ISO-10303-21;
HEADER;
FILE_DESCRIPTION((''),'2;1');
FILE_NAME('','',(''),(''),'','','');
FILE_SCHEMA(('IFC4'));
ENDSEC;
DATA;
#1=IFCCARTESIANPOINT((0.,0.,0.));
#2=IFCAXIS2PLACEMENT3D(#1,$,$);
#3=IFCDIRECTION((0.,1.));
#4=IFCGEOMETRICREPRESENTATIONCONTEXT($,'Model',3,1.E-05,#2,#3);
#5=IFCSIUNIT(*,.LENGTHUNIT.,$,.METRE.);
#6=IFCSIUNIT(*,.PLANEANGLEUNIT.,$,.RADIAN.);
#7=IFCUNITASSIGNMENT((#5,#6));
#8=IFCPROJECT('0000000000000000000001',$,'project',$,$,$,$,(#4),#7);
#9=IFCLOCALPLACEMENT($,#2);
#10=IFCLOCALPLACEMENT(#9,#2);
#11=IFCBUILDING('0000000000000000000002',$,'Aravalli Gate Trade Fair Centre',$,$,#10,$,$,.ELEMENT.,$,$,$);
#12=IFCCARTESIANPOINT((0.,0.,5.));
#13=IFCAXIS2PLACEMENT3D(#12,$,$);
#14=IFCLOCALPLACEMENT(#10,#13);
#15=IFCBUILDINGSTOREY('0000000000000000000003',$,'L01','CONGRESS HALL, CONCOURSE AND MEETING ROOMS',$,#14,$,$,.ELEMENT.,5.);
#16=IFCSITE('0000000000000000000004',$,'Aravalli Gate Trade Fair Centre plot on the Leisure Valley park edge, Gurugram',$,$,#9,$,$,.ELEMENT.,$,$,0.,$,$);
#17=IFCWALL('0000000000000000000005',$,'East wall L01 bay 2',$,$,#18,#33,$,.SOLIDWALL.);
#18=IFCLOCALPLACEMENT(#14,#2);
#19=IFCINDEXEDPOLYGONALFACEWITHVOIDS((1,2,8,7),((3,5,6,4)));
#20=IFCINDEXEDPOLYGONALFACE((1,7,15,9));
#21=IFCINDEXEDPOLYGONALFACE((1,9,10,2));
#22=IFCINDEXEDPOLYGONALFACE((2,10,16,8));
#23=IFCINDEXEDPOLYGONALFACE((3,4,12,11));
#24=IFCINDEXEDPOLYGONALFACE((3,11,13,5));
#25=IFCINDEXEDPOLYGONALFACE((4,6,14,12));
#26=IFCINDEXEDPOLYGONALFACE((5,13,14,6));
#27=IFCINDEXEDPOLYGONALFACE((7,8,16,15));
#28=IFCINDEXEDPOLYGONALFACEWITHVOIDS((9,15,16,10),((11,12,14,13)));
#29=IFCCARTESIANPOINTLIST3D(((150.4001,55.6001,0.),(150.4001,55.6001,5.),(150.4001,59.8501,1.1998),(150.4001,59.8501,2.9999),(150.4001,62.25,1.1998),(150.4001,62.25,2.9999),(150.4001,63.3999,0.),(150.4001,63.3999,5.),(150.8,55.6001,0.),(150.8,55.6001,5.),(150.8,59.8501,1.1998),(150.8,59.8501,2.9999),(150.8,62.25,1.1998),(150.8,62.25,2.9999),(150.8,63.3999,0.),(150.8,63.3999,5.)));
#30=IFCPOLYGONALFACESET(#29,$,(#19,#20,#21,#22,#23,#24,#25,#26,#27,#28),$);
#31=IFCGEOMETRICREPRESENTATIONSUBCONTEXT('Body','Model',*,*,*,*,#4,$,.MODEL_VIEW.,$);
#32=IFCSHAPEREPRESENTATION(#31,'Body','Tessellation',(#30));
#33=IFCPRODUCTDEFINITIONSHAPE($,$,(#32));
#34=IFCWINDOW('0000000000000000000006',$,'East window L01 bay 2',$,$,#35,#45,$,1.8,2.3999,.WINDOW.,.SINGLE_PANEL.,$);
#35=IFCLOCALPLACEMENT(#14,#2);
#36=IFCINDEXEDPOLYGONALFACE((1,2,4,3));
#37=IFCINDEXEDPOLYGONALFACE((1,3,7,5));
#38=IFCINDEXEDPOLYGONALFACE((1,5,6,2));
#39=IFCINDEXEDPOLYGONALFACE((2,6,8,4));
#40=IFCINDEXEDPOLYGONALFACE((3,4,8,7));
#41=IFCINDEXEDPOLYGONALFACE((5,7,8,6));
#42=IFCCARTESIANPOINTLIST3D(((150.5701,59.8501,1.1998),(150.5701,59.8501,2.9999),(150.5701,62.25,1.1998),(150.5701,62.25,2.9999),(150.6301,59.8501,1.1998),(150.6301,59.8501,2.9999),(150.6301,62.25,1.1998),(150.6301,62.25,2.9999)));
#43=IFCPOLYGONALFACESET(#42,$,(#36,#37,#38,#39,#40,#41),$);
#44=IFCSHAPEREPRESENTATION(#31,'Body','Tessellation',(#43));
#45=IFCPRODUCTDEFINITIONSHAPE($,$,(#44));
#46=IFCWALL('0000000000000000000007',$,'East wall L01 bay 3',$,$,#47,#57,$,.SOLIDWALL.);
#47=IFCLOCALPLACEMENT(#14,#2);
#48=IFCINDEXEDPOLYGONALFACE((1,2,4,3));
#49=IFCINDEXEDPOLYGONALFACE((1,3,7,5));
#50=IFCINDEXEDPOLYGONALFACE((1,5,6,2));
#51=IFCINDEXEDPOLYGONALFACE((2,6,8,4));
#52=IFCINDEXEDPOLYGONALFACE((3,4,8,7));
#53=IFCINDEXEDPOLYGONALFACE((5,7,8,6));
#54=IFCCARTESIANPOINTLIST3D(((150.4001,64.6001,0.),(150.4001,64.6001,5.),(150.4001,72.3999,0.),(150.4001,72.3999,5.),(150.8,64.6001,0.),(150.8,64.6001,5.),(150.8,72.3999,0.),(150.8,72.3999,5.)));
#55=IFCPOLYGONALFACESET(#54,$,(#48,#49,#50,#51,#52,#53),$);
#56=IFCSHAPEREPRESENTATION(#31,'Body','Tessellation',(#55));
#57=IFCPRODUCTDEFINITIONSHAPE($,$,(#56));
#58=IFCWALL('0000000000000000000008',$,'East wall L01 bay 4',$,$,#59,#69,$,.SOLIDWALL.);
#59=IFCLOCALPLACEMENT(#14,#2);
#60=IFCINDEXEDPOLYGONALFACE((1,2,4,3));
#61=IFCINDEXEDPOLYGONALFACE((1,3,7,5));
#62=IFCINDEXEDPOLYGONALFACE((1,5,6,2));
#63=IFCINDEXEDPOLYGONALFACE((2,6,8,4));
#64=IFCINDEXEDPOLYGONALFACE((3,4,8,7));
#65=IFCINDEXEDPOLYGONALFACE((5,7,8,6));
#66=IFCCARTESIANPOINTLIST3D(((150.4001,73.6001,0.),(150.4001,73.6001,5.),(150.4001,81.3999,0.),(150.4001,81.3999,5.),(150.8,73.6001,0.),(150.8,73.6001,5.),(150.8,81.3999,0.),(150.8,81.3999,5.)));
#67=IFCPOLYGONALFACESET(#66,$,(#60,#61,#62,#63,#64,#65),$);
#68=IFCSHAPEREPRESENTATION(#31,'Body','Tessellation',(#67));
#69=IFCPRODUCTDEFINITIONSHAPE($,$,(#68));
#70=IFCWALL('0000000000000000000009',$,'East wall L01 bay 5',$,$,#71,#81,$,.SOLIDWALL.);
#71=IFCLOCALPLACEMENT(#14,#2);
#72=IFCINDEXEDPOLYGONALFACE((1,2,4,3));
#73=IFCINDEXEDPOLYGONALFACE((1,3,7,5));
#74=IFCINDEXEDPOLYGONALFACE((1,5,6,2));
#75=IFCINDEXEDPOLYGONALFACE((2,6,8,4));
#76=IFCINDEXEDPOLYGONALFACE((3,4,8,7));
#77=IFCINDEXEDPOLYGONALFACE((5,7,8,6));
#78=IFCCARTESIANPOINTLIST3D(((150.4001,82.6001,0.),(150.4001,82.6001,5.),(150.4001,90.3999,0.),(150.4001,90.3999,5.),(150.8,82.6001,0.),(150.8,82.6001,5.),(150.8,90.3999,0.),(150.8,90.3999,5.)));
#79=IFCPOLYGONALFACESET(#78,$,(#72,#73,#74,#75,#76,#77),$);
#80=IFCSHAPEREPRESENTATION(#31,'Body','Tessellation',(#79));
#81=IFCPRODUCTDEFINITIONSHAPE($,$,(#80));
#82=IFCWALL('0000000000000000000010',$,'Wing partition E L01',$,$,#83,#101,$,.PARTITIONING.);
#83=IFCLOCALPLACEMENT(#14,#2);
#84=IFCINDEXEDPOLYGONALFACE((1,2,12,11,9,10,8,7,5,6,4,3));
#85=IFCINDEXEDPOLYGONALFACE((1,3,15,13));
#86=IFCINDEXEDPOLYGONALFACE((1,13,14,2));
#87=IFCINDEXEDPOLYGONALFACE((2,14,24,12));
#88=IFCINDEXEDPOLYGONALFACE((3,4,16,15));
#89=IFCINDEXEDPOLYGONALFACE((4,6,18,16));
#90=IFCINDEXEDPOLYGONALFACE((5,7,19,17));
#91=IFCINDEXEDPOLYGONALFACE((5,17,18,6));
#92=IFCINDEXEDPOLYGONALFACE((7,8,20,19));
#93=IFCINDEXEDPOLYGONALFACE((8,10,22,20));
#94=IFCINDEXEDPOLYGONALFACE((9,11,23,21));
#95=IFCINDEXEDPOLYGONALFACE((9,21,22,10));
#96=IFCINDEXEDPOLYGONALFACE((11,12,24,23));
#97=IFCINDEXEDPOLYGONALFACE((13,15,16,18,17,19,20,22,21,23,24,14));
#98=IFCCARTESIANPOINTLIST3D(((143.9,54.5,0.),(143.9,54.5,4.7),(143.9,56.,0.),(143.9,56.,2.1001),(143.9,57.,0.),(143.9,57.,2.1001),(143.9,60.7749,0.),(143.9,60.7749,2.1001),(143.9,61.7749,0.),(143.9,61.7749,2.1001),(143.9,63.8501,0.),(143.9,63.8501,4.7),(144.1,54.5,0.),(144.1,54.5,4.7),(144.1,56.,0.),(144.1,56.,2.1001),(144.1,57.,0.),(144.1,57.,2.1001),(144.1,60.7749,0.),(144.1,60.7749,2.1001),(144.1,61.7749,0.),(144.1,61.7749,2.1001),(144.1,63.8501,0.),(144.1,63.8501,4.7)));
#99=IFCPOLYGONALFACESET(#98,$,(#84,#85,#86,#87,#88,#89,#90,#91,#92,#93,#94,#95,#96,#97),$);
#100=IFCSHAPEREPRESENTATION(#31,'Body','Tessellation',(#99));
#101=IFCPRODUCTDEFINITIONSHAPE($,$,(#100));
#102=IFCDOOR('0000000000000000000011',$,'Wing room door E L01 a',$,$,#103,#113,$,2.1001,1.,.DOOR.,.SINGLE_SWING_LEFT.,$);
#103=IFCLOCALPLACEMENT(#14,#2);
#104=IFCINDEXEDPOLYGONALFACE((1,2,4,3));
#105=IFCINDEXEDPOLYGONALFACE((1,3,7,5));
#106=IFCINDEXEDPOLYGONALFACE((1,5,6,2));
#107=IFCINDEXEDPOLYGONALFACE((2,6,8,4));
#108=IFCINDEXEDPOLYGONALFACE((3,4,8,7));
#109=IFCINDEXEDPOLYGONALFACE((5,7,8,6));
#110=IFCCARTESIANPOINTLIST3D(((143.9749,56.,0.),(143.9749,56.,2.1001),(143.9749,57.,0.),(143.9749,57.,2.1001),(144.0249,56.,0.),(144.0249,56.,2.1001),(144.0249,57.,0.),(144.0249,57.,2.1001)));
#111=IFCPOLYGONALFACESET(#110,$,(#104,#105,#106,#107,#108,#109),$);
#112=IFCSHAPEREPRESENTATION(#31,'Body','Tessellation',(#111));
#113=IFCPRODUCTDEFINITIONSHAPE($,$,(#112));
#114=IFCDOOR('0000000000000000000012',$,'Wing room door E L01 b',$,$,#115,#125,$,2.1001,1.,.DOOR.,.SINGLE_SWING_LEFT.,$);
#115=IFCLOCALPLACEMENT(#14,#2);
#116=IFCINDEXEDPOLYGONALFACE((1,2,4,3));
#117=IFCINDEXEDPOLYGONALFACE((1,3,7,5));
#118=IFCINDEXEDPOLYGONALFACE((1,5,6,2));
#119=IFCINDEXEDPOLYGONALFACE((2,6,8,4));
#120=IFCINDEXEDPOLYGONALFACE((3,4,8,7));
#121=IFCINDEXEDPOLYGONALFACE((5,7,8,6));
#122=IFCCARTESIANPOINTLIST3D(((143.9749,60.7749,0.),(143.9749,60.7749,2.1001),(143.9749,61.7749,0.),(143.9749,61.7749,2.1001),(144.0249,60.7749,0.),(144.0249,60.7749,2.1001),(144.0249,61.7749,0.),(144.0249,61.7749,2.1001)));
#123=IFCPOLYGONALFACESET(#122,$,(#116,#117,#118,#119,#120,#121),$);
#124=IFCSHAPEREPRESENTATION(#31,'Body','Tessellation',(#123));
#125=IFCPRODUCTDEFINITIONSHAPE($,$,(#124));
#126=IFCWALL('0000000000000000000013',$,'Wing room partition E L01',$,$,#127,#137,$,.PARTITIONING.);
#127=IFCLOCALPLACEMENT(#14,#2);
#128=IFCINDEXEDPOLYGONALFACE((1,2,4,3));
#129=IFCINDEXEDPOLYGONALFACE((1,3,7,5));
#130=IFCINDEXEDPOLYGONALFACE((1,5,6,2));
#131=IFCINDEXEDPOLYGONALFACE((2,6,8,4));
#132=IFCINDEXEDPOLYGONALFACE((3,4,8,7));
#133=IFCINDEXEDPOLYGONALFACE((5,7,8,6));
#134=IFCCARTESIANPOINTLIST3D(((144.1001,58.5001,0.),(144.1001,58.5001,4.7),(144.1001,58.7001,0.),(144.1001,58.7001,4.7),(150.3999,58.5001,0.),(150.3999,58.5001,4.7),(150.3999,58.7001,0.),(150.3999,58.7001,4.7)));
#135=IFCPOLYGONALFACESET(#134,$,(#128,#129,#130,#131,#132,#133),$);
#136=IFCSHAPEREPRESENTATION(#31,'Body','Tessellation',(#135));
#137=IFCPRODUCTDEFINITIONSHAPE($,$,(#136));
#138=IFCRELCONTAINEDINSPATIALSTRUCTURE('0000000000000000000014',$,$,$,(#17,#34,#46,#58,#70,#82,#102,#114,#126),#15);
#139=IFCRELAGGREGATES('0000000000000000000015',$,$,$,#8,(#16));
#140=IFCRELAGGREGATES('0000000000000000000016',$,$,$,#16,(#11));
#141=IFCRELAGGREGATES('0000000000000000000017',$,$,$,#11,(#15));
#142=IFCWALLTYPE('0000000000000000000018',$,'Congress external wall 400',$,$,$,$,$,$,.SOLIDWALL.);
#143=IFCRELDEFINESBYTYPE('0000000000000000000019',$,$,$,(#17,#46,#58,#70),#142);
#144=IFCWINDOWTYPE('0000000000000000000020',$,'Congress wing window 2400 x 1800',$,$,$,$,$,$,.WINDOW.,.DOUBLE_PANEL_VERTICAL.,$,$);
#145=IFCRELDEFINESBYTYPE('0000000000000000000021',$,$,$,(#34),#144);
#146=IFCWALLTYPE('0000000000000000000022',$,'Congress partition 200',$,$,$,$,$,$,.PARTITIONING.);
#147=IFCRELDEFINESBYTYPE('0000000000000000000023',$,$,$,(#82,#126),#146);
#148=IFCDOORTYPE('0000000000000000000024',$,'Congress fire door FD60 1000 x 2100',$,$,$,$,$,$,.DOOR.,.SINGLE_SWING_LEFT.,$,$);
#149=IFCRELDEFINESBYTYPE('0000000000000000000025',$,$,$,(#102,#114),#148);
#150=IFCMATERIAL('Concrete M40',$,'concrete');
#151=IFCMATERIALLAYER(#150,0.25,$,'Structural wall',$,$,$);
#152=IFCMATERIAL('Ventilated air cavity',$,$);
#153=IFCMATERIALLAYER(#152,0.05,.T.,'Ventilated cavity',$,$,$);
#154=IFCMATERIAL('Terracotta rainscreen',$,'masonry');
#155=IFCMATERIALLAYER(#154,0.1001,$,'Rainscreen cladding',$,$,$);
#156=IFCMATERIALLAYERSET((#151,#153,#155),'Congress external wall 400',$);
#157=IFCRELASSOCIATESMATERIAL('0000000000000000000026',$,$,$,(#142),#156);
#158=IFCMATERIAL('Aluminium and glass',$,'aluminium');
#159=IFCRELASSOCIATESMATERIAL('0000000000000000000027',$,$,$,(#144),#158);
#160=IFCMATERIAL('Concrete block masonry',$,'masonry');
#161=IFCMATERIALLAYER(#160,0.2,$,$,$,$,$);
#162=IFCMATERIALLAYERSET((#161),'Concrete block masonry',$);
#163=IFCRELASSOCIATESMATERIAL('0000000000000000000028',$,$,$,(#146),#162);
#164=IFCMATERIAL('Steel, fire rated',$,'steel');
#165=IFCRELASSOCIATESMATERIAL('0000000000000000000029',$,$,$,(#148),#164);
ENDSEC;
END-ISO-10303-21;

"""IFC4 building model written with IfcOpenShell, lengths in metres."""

from ifc_helpers import new_model, si_unit, direction, frame, frame_2d, origin, place, context, subcontext, project, spatial, rectangle, extrude, material, layer, layer_set, type_object, element, fill, save


model = new_model("IFC4")

# Units and contexts
model_context = context("Model", 3, precision=1e-05, world=origin(), true_north=direction((0.0, 1.0)))
body_context = subcontext(model_context, "Body", "Model", "MODEL_VIEW")
ifc_project = project(units=[si_unit("LENGTHUNIT", "METRE"), si_unit("PLANEANGLEUNIT", "RADIAN")], contexts=[model_context])

# Site, building, storey
site_placement = place(None, origin())
site = spatial("IfcSite", under=ifc_project, at=site_placement, Name="Aravalli Gate Trade Fair Centre plot on the Leisure Valley park edge, Gurugram", CompositionType="ELEMENT", RefElevation=0.0)
building_placement = place(site_placement, origin())
building = spatial("IfcBuilding", under=site, at=building_placement, Name="Aravalli Gate Trade Fair Centre", CompositionType="ELEMENT")
storey_placement = place(building_placement, frame((0.0, 0.0, 5.0)))
storey = spatial("IfcBuildingStorey", under=building, at=storey_placement, Name="L01", Description="CONGRESS HALL, CONCOURSE AND MEETING ROOMS", CompositionType="ELEMENT", Elevation=5.0)

# Shared definitions
ifc_material_1 = material(Name="Concrete M40", Category="concrete")

# Wall, opening, window
ifc_layer_1 = layer(ifc_material_1, 0.25, Name="Structural wall")
ifc_material_2 = material(Name="Ventilated air cavity")
ifc_layer_2 = layer(ifc_material_2, 0.05, ventilated=True, Name="Ventilated cavity")
ifc_material_3 = material(Name="Terracotta rainscreen", Category="masonry")
ifc_layer_3 = layer(ifc_material_3, 0.1001, Name="Rainscreen cladding")
ifc_layer_set_1 = layer_set([ifc_layer_1, ifc_layer_2, ifc_layer_3], Name="Congress external wall 400")
wall_type_1 = type_object("IfcWallType", Name="Congress external wall 400", PredefinedType="SOLIDWALL", material=ifc_layer_set_1)
wall_1_placement = place(storey_placement, frame((150.6001, 55.6001, 0.0), z_axis=(0.0, 0.0, 1.0), x_axis=(0.0, 1.0, 0.0)))
wall_1 = element("IfcWall", 1, at=wall_1_placement, inside=storey, type_object=wall_type_1, Name="East wall L01 bay 2", PredefinedType="SOLIDWALL", context=body_context, shape_type="SweptSolid", body=[
    extrude(rectangle(XDim=7.7998, YDim=0.3999, at=frame_2d((3.8999, 0.0))), origin(), (0.0, 0.0, 1.0), 5.0),
])
opening_1_placement = place(wall_1_placement, frame((4.25, 0.0, 1.2)))
opening_1 = element("IfcOpeningElement", 2, at=opening_1_placement, cuts=wall_1, PredefinedType="OPENING", context=body_context, shape_type="SweptSolid", body=[
    extrude(rectangle(XDim=2.3999, YDim=1.8, at=frame_2d((1.2, 0.8999))), frame((0.0, 0.21, 0.0), z_axis=(0.0, -1.0, 0.0), x_axis=(1.0, 0.0, 0.0)), (0.0, 0.0, 1.0), 0.4199),
])
ifc_material_4 = material(Name="Aluminium and glass", Category="aluminium")
window_type = type_object("IfcWindowType", Name="Congress wing window 2400 x 1800", PartitioningType="DOUBLE_PANEL_VERTICAL", PredefinedType="WINDOW", material=ifc_material_4)
window_placement = place(opening_1_placement, origin())
window = element("IfcWindow", 3, at=window_placement, inside=storey, type_object=window_type, Name="East window L01 bay 2", OverallHeight=1.8, OverallWidth=2.3999, PartitioningType="SINGLE_PANEL", PredefinedType="WINDOW", context=body_context, shape_type="SweptSolid", body=[
    extrude(rectangle(XDim=2.3999, YDim=1.8, at=frame_2d((1.2, 0.8999))), frame((0.0, 0.03, 0.0), z_axis=(0.0, -1.0, 0.0), x_axis=(1.0, 0.0, 0.0)), (0.0, 0.0, 1.0), 0.0601),
])
fill(opening_1, window)

# Walls
for number, where, z_axis, x_axis, name in (
    (4, (150.6001, 64.6001, 0.0), (0.0, 0.0, 1.0), (0.0, 1.0, 0.0), "East wall L01 bay 3"),
    (5, (150.6001, 73.6001, 0.0), (0.0, 0.0, 1.0), (0.0, 1.0, 0.0), "East wall L01 bay 4"),
    (6, (150.6001, 82.6001, 0.0), (0.0, 0.0, 1.0), (0.0, 1.0, 0.0), "East wall L01 bay 5"),
):
    element("IfcWall", number, at=place(storey_placement, frame(where, z_axis=z_axis, x_axis=x_axis)), inside=storey, type_object=wall_type_1, Name=name, PredefinedType="SOLIDWALL", context=body_context, shape_type="SweptSolid", body=[
        extrude(rectangle(XDim=7.7998, YDim=0.3999, at=frame_2d((3.8999, 0.0))), origin(), (0.0, 0.0, 1.0), 5.0),
    ])

# Wall, openings, doors
ifc_material_5 = material(Name="Concrete block masonry", Category="masonry")
ifc_layer_4 = layer(ifc_material_5, 0.2)
ifc_layer_set_2 = layer_set([ifc_layer_4], Name="Concrete block masonry")
wall_type_2 = type_object("IfcWallType", Name="Congress partition 200", PredefinedType="PARTITIONING", material=ifc_layer_set_2)
wall_2_placement = place(storey_placement, frame((144.0, 54.5, 0.0), z_axis=(0.0, 0.0, 1.0), x_axis=(0.0, 1.0, 0.0)))
wall_2 = element("IfcWall", 7, at=wall_2_placement, inside=storey, type_object=wall_type_2, Name="Wing partition E L01", PredefinedType="PARTITIONING", context=body_context, shape_type="SweptSolid", body=[
    extrude(rectangle(XDim=9.3501, YDim=0.2, at=frame_2d((4.675, 0.0))), origin(), (0.0, 0.0, 1.0), 4.7),
])
opening_2_placement = place(wall_2_placement, frame((1.5, 0.0, 0.0)))
opening_2 = element("IfcOpeningElement", 8, at=opening_2_placement, cuts=wall_2, PredefinedType="OPENING", context=body_context, shape_type="SweptSolid", body=[
    extrude(rectangle(XDim=1.0, YDim=2.1001, at=frame_2d((0.5, 1.05))), frame((0.0, 0.1099, 0.0), z_axis=(0.0, -1.0, 0.0), x_axis=(1.0, 0.0, 0.0)), (0.0, 0.0, 1.0), 0.22),
])
opening_3_placement = place(wall_2_placement, frame((6.2749, 0.0, 0.0)))
opening_3 = element("IfcOpeningElement", 9, at=opening_3_placement, cuts=wall_2, PredefinedType="OPENING", context=body_context, shape_type="SweptSolid", body=[
    extrude(rectangle(XDim=1.0, YDim=2.1001, at=frame_2d((0.5, 1.05))), frame((0.0, 0.1099, 0.0), z_axis=(0.0, -1.0, 0.0), x_axis=(1.0, 0.0, 0.0)), (0.0, 0.0, 1.0), 0.22),
])
ifc_material_6 = material(Name="Steel, fire rated", Category="steel")
door_type = type_object("IfcDoorType", Name="Congress fire door FD60 1000 x 2100", OperationType="SINGLE_SWING_LEFT", PredefinedType="DOOR", material=ifc_material_6)
door_1_placement = place(opening_2_placement, frame((1.0, 0.0, 0.0), z_axis=(0.0, 0.0, 1.0), x_axis=(-1.0, 0.0, 0.0)))
door_1 = element("IfcDoor", 10, at=door_1_placement, inside=storey, type_object=door_type, Name="Wing room door E L01 a", OperationType="SINGLE_SWING_LEFT", OverallHeight=2.1001, OverallWidth=1.0, PredefinedType="DOOR", context=body_context, shape_type="SweptSolid", body=[
    extrude(rectangle(XDim=1.0, YDim=2.1001, at=frame_2d((0.5, 1.05))), frame((0.0, 0.0249, 0.0), z_axis=(0.0, -1.0, 0.0), x_axis=(1.0, 0.0, 0.0)), (0.0, 0.0, 1.0), 0.05),
])
fill(opening_2, door_1)
door_2_placement = place(opening_3_placement, frame((1.0, 0.0, 0.0), z_axis=(0.0, 0.0, 1.0), x_axis=(-1.0, 0.0, 0.0)))
door_2 = element("IfcDoor", 11, at=door_2_placement, inside=storey, type_object=door_type, Name="Wing room door E L01 b", OperationType="SINGLE_SWING_LEFT", OverallHeight=2.1001, OverallWidth=1.0, PredefinedType="DOOR", context=body_context, shape_type="SweptSolid", body=[
    extrude(rectangle(XDim=1.0, YDim=2.1001, at=frame_2d((0.5, 1.05))), frame((0.0, 0.0249, 0.0), z_axis=(0.0, -1.0, 0.0), x_axis=(1.0, 0.0, 0.0)), (0.0, 0.0, 1.0), 0.05),
])
fill(opening_3, door_2)

# Wall
wall_3_placement = place(storey_placement, frame((144.1001, 58.6001, 0.0), z_axis=(0.0, 0.0, 1.0), x_axis=(1.0, 0.0, 0.0)))
element("IfcWall", 12, at=wall_3_placement, inside=storey, type_object=wall_type_2, Name="Wing room partition E L01", PredefinedType="PARTITIONING", context=body_context, shape_type="SweptSolid", body=[
    extrude(rectangle(XDim=6.2998, YDim=0.2, at=frame_2d((3.1499, 0.0))), origin(), (0.0, 0.0, 1.0), 4.7),
])

save(model, "model.ifc")
